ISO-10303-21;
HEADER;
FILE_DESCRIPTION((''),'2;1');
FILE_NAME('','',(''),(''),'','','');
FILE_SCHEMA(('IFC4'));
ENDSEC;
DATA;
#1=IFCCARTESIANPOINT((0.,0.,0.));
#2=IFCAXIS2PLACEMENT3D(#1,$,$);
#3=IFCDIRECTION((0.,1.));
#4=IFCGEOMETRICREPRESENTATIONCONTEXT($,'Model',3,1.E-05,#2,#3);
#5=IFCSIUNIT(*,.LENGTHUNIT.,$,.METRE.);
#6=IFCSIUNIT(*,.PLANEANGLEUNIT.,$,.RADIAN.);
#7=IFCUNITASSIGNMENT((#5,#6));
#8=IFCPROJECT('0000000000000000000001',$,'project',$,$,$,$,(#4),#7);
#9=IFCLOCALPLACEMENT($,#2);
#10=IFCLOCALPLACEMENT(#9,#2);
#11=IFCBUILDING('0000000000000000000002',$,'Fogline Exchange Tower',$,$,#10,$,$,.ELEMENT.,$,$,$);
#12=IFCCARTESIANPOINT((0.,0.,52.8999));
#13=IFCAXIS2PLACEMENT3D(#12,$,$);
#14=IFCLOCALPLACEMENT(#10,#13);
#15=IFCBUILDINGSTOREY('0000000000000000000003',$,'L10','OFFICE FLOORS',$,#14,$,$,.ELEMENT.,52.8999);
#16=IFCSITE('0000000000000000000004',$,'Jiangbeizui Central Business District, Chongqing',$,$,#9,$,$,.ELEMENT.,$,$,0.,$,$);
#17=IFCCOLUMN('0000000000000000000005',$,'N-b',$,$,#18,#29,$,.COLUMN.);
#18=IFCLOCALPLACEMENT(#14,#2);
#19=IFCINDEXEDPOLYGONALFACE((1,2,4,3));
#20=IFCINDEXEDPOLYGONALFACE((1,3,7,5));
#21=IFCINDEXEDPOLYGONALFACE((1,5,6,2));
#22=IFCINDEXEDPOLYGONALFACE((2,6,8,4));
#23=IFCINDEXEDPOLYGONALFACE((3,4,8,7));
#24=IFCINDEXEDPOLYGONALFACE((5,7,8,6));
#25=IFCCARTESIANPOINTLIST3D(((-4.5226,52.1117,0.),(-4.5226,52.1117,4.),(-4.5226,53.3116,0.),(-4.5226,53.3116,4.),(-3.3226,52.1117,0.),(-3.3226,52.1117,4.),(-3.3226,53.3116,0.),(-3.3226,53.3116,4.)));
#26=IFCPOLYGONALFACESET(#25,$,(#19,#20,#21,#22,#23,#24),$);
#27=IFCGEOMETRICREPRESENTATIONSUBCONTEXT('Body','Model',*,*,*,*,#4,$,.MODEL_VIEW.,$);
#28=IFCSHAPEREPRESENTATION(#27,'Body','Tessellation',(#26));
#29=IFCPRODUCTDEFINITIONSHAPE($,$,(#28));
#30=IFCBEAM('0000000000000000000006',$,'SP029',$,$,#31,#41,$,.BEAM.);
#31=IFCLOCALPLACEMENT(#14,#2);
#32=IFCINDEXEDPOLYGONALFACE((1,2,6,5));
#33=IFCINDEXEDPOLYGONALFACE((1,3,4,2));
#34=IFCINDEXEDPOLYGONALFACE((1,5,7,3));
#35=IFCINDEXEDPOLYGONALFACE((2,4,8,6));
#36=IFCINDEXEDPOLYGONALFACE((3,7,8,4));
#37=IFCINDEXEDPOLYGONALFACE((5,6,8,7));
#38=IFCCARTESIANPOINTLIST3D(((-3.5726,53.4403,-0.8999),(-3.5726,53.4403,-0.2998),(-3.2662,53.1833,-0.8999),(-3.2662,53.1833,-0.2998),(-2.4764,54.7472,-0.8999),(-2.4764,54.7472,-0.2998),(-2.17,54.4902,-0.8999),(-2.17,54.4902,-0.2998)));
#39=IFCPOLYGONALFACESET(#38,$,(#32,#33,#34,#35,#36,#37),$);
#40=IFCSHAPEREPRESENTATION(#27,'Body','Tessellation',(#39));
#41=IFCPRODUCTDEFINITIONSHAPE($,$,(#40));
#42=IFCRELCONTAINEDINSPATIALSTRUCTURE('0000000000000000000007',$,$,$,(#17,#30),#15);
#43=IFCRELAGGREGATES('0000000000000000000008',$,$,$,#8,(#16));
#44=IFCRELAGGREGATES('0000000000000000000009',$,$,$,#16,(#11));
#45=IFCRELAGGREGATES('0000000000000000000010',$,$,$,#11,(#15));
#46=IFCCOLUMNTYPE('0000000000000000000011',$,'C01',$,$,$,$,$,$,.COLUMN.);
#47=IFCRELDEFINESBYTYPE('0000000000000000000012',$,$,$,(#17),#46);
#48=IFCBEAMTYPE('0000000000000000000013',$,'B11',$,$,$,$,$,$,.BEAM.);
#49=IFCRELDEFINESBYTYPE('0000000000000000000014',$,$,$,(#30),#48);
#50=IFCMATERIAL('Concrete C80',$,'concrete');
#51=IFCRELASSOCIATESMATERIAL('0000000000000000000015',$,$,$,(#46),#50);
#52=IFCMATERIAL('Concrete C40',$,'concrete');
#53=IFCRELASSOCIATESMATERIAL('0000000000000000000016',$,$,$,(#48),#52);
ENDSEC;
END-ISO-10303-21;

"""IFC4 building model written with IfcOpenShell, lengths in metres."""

from ifc_helpers import new_model, si_unit, direction, frame, origin, origin_2d, place, context, subcontext, project, spatial, rectangle, extrude, material, material_profile, profile_set, type_object, element, save


model = new_model("IFC4")

# Units and contexts
model_context = context("Model", 3, precision=1e-05, world=origin(), true_north=direction((0.0, 1.0)))
body_context = subcontext(model_context, "Body", "Model", "MODEL_VIEW")
ifc_project = project(units=[si_unit("LENGTHUNIT", "METRE"), si_unit("PLANEANGLEUNIT", "RADIAN")], contexts=[model_context])

# Site, building, storey
site_placement = place(None, origin())
site = spatial("IfcSite", under=ifc_project, at=site_placement, Name="Jiangbeizui Central Business District, Chongqing", CompositionType="ELEMENT", RefElevation=0.0)
building_placement = place(site_placement, origin())
building = spatial("IfcBuilding", under=site, at=building_placement, Name="Fogline Exchange Tower", CompositionType="ELEMENT")
storey_placement = place(building_placement, frame((0.0, 0.0, 52.8999)))
storey = spatial("IfcBuildingStorey", under=building, at=storey_placement, Name="L10", Description="OFFICE FLOORS", CompositionType="ELEMENT", Elevation=52.8999)

# Column
ifc_material_1 = material(Name="Concrete C80", Category="concrete")
ifc_material_profile_1 = material_profile(ifc_material_1, rectangle(XDim=1.2, YDim=1.2, at=origin_2d()), Name="RC 1200x1200")
ifc_profile_set_1 = profile_set([ifc_material_profile_1], Name="Concrete C80")
column_type = type_object("IfcColumnType", Name="C01", PredefinedType="COLUMN", material=ifc_profile_set_1)
column_placement = place(storey_placement, frame((-3.9226, 52.7117, 0.0), z_axis=(0.0, 0.0, 1.0), x_axis=(1.0, 0.0, 0.0)))
element("IfcColumn", 1, at=column_placement, inside=storey, type_object=column_type, Name="N-b", PredefinedType="COLUMN", context=body_context, shape_type="SweptSolid", body=[
    extrude(rectangle(XDim=1.2, YDim=1.2, at=origin_2d()), origin(), (0.0, 0.0, 1.0), 4.0),
])

# Beam
ifc_material_2 = material(Name="Concrete C40", Category="concrete")
ifc_material_profile_2 = material_profile(ifc_material_2, rectangle(XDim=0.3999, YDim=0.6001, at=origin_2d()), Name="RC 400x600")
ifc_profile_set_2 = profile_set([ifc_material_profile_2], Name="Concrete C40")
beam_type = type_object("IfcBeamType", Name="B11", PredefinedType="BEAM", material=ifc_profile_set_2)
beam_placement = place(storey_placement, frame((-3.4194, 53.3118, -0.5999), z_axis=(0.642645, 0.766164, 0.0), x_axis=(-0.766164, 0.642645, 0.0)))
element("IfcBeam", 2, at=beam_placement, inside=storey, type_object=beam_type, Name="SP029", PredefinedType="BEAM", context=body_context, shape_type="SweptSolid", body=[
    extrude(rectangle(XDim=0.3999, YDim=0.6001, at=origin_2d()), origin(), (0.0, 0.0, 1.0), 1.7058),
])

save(model, "model.ifc")
